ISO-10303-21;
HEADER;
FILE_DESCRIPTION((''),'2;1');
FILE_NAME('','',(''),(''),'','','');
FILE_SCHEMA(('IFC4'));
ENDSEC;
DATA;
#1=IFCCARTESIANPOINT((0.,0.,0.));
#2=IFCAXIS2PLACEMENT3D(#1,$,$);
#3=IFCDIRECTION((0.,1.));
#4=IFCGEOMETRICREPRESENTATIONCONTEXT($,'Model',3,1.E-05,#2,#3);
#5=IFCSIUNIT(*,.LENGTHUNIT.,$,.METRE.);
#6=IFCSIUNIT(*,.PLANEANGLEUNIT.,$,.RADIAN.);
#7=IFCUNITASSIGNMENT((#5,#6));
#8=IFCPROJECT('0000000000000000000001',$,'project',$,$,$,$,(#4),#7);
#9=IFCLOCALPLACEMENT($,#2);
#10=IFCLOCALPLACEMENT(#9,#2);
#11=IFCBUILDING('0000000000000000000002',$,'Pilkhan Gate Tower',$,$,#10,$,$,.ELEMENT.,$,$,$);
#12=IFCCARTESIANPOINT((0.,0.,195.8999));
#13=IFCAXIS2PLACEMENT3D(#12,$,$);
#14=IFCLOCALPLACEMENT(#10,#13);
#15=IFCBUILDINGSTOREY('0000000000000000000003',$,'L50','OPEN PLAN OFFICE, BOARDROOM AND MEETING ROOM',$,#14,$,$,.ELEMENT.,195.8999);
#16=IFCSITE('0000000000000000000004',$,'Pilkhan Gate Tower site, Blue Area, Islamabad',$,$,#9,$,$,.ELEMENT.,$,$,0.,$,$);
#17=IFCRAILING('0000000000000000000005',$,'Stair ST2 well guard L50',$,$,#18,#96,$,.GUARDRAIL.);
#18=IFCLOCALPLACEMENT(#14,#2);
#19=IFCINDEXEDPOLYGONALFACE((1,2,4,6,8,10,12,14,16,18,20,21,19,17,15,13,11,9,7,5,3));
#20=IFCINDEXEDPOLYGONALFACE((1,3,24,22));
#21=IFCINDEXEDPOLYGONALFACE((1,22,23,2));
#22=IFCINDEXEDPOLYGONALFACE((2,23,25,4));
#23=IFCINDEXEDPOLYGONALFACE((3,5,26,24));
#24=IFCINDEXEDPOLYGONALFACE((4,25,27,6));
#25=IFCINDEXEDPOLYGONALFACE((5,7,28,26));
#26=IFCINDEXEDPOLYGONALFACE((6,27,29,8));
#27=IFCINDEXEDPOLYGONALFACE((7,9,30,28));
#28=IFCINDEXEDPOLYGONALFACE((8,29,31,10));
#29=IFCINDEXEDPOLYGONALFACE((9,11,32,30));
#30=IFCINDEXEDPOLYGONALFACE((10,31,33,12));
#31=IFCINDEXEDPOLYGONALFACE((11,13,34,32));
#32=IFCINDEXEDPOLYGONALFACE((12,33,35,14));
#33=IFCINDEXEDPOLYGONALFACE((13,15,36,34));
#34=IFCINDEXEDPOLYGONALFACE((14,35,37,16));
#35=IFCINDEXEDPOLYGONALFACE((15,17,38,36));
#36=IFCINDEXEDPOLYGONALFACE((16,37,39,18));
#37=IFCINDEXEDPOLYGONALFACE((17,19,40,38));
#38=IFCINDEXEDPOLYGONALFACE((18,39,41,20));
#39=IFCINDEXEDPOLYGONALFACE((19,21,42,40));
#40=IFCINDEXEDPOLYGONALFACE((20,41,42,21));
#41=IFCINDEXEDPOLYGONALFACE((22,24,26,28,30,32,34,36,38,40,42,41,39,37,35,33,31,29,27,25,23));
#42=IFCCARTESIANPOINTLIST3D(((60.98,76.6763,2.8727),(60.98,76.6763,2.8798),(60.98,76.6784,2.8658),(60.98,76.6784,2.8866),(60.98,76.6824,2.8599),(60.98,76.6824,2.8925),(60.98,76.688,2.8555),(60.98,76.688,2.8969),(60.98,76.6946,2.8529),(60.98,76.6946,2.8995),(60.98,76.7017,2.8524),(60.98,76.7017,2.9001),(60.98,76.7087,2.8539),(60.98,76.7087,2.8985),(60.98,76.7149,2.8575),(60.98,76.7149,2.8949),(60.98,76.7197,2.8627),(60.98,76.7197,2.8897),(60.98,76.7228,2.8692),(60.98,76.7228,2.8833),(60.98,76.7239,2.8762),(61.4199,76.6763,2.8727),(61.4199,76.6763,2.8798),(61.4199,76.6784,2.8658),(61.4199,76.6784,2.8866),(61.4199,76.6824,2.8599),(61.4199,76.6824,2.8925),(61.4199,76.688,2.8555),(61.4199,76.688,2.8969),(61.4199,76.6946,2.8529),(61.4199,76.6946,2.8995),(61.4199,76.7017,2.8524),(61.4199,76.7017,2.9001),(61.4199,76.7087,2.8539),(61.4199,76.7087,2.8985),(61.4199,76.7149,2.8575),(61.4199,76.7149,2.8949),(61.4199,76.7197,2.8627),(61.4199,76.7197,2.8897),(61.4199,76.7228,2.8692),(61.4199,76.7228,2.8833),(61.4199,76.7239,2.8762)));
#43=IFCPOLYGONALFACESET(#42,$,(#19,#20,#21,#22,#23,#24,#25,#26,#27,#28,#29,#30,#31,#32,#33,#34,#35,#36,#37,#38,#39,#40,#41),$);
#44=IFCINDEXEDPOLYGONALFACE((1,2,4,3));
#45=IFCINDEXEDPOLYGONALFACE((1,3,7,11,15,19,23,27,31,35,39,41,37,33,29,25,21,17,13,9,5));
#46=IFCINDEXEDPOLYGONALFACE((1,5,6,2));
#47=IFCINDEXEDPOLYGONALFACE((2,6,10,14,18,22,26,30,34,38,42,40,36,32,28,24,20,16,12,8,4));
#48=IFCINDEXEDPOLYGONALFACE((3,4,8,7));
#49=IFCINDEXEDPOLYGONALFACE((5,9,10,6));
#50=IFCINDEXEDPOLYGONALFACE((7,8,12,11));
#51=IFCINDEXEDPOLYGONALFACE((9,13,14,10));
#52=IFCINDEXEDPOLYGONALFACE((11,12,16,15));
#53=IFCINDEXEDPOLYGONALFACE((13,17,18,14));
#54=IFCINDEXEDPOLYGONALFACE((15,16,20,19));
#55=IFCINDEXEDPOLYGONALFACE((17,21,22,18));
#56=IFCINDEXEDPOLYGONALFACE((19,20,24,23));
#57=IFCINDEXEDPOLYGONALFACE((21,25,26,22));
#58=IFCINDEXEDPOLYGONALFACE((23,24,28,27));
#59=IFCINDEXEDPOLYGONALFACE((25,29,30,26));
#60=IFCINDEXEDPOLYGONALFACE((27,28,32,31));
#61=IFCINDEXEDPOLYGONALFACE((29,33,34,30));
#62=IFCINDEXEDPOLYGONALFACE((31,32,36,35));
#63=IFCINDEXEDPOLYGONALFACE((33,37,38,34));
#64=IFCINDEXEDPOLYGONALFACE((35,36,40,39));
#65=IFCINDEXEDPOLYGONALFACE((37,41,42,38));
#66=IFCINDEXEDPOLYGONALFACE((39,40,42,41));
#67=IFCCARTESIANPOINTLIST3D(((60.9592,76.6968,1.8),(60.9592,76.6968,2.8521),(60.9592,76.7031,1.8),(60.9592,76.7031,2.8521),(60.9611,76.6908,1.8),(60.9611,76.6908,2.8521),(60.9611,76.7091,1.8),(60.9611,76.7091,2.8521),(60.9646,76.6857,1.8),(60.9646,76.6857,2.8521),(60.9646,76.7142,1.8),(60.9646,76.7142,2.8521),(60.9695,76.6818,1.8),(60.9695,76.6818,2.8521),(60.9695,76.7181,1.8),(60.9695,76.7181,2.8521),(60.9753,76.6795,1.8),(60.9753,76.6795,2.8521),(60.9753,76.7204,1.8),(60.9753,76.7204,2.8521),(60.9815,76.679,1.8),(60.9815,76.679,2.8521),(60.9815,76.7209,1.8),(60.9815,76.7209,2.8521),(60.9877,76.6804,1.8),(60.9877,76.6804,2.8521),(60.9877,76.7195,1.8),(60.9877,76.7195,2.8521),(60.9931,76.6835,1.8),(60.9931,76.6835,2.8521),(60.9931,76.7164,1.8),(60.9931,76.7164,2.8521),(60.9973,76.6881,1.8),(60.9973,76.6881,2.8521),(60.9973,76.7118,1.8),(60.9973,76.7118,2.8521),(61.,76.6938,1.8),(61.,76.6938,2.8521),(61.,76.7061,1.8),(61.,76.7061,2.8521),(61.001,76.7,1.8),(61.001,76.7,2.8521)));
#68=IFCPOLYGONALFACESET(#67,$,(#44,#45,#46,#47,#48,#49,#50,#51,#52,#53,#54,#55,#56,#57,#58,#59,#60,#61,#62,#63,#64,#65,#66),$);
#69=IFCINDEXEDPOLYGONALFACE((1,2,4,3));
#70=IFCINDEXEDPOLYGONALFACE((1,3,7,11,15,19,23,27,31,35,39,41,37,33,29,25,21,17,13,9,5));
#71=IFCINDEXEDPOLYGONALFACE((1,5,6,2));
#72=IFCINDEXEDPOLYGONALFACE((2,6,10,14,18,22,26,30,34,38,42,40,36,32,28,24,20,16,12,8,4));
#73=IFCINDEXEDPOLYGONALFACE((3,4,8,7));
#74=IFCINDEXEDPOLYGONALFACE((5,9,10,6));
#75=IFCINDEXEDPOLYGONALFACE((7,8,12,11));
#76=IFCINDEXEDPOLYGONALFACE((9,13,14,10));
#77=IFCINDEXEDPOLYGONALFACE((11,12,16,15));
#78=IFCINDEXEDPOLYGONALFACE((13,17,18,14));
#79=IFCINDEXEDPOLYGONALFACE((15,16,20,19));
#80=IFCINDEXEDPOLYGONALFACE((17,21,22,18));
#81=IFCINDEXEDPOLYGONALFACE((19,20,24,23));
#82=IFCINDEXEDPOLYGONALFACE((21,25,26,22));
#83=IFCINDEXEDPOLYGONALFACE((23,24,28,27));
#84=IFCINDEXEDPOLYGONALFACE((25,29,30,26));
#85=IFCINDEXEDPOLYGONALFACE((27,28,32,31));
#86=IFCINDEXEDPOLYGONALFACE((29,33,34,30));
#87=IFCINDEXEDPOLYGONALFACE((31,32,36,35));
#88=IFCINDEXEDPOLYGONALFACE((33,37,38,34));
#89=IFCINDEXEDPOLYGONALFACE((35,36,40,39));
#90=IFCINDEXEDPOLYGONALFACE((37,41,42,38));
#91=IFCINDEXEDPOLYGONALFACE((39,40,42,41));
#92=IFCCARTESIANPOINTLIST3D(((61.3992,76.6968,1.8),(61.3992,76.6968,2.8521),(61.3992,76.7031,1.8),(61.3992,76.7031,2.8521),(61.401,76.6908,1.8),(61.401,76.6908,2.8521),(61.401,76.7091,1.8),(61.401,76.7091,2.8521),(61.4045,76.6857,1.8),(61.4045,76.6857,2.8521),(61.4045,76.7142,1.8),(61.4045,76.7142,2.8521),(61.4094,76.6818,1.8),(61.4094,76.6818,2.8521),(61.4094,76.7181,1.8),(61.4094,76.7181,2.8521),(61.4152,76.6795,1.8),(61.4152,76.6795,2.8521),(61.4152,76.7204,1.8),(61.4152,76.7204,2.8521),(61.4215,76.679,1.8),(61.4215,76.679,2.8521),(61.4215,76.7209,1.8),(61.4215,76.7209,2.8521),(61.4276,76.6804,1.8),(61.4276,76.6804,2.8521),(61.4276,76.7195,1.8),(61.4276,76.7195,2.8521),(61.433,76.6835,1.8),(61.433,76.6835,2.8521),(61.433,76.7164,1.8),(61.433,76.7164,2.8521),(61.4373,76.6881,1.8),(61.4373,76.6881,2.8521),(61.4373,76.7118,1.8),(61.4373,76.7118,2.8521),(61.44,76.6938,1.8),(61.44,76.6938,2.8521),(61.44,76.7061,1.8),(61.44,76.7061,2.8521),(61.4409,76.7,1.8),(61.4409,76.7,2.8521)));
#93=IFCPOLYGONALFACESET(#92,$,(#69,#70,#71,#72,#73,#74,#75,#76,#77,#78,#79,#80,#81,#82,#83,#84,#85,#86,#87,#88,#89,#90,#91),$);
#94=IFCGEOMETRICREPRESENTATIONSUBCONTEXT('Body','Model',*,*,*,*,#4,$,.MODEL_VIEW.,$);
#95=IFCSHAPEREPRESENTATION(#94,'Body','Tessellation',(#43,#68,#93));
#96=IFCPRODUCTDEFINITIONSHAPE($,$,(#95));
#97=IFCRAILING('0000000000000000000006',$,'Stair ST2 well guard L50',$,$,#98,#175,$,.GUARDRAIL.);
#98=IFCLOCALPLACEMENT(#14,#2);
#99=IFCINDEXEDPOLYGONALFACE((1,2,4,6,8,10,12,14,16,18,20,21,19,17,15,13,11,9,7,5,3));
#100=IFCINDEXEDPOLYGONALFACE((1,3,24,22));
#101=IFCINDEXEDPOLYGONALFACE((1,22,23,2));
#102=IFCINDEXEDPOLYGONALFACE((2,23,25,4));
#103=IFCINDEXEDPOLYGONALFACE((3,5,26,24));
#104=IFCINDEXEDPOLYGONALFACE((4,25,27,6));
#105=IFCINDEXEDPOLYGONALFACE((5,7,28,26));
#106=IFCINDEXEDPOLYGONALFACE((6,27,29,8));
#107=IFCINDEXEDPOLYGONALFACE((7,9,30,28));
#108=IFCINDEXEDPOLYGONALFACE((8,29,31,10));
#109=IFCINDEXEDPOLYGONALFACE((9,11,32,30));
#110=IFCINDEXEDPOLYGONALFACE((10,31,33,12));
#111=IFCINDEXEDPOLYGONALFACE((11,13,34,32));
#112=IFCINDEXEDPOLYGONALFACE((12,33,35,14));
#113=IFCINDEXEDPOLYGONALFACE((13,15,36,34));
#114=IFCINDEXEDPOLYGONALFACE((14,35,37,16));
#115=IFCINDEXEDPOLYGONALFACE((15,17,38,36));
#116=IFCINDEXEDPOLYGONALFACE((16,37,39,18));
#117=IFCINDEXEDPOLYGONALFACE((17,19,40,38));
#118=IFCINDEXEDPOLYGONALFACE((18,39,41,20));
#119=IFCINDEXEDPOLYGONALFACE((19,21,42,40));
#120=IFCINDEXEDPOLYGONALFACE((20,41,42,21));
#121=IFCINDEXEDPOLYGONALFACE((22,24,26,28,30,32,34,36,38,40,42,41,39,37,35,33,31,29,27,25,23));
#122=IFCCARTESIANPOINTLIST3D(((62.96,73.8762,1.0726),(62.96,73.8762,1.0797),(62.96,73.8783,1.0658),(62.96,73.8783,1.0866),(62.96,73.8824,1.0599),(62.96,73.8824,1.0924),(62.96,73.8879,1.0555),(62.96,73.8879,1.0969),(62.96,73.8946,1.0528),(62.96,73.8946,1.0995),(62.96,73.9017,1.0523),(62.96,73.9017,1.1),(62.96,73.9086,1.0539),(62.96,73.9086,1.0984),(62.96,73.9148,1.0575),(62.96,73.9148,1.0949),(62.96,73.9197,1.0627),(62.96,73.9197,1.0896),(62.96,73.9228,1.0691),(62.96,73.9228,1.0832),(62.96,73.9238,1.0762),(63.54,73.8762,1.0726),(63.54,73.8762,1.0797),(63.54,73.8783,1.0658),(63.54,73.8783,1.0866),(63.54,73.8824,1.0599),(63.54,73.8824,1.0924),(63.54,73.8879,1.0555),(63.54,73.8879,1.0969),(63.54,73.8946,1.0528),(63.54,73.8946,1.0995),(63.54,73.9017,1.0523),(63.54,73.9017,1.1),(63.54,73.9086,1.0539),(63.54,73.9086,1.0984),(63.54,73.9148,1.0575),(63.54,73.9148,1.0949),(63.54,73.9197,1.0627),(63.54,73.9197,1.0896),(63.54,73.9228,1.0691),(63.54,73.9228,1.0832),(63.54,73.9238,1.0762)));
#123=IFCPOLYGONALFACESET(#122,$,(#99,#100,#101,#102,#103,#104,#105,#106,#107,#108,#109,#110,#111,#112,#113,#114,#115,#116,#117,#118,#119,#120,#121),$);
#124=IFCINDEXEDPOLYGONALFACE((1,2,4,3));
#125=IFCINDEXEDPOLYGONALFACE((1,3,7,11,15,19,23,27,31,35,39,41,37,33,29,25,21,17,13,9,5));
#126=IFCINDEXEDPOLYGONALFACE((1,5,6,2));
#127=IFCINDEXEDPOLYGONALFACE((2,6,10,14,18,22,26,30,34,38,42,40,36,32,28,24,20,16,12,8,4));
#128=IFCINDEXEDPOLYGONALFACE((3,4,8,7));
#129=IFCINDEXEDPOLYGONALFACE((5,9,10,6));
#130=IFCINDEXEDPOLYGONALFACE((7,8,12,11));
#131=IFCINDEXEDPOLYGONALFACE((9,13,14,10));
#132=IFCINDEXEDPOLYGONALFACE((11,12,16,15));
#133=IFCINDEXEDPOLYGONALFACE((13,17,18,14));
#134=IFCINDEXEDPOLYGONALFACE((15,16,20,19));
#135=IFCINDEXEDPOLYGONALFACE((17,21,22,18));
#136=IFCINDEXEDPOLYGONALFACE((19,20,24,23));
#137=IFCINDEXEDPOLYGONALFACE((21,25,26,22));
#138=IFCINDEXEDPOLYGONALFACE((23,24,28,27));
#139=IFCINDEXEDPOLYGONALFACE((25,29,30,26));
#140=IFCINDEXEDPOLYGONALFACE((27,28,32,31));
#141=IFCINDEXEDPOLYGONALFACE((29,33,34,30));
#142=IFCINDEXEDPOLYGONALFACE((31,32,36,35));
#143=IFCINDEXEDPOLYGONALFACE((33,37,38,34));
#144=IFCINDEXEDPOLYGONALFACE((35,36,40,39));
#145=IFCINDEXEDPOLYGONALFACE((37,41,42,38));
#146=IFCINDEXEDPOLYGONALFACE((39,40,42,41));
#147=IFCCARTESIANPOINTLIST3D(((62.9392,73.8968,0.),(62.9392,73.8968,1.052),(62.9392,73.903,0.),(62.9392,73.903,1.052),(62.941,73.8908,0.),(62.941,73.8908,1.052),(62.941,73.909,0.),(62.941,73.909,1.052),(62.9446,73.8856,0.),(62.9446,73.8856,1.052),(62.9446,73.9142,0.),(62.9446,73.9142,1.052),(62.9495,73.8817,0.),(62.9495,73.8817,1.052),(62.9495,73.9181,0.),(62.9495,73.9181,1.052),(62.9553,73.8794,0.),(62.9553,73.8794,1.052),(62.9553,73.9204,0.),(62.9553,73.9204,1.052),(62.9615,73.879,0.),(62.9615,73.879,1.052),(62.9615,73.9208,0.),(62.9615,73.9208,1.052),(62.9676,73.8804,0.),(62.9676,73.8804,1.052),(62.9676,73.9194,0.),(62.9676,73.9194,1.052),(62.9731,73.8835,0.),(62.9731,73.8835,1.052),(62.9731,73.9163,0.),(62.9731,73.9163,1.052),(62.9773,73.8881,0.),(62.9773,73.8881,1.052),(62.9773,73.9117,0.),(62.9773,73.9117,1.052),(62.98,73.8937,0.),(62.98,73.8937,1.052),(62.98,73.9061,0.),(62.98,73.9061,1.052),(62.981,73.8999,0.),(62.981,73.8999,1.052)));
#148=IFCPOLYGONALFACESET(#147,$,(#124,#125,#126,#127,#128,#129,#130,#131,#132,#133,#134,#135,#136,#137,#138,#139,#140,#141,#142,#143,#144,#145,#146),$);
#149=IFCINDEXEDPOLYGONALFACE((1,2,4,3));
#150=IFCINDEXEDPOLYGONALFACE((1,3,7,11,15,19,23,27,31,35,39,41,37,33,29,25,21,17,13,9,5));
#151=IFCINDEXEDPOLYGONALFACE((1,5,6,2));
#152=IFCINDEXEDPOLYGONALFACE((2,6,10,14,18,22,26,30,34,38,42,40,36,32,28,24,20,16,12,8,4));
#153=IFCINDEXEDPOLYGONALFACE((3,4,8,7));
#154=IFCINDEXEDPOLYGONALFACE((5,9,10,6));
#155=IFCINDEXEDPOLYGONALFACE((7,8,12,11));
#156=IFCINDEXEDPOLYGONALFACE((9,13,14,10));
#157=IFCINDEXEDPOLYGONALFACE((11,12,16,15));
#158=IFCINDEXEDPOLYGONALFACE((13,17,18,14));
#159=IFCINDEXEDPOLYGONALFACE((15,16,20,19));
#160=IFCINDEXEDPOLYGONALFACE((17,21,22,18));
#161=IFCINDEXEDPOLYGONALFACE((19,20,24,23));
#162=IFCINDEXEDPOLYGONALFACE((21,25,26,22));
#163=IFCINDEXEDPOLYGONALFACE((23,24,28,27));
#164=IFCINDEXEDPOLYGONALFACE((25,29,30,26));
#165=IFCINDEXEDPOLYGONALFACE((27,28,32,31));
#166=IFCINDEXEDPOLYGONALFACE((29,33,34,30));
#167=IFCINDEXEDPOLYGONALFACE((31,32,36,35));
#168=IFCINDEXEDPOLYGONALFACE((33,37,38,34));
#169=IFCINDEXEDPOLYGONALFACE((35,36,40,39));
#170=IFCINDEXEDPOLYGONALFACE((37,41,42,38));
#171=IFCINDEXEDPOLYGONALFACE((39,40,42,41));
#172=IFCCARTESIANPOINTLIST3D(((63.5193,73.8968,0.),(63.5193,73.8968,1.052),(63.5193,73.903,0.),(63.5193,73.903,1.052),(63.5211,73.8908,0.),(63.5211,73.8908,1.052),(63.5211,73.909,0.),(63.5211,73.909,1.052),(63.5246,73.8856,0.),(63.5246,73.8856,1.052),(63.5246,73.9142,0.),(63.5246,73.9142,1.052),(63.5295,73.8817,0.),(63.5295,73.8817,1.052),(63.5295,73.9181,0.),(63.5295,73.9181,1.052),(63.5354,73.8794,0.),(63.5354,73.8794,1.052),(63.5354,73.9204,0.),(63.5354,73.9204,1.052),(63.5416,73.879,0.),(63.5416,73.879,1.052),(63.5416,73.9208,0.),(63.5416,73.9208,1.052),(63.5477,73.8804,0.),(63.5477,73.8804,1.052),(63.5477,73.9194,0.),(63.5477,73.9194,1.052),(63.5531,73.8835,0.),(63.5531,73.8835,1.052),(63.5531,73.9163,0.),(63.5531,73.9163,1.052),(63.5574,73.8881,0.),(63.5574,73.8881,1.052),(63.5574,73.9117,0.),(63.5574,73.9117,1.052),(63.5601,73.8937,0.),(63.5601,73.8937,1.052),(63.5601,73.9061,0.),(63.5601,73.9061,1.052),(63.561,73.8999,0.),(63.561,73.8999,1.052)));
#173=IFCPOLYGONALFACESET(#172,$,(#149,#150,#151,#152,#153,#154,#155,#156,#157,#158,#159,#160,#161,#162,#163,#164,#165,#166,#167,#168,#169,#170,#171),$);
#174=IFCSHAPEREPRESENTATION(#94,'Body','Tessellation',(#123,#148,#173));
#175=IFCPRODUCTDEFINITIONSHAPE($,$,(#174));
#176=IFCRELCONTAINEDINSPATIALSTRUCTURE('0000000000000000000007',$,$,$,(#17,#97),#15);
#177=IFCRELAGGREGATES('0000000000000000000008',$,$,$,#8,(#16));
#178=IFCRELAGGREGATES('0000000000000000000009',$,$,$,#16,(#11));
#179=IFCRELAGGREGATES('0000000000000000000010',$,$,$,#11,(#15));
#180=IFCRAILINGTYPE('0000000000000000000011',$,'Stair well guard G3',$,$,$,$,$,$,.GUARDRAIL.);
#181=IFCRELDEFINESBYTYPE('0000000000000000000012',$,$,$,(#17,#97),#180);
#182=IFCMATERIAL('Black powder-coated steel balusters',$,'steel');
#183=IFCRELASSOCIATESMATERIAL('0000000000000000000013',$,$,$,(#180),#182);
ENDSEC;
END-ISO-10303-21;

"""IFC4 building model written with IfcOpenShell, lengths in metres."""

from ifc_helpers import new_model, si_unit, direction, frame, origin, origin_2d, place, context, subcontext, project, spatial, circle, extrude, material, type_object, element, save


model = new_model("IFC4")

# Units and contexts
model_context = context("Model", 3, precision=1e-05, world=origin(), true_north=direction((0.0, 1.0)))
body_context = subcontext(model_context, "Body", "Model", "MODEL_VIEW")
ifc_project = project(units=[si_unit("LENGTHUNIT", "METRE"), si_unit("PLANEANGLEUNIT", "RADIAN")], contexts=[model_context])

# Site, building, storey
site_placement = place(None, origin())
site = spatial("IfcSite", under=ifc_project, at=site_placement, Name="Pilkhan Gate Tower site, Blue Area, Islamabad", CompositionType="ELEMENT", RefElevation=0.0)
building_placement = place(site_placement, origin())
building = spatial("IfcBuilding", under=site, at=building_placement, Name="Pilkhan Gate Tower", CompositionType="ELEMENT")
storey_placement = place(building_placement, frame((0.0, 0.0, 195.8999)))
storey = spatial("IfcBuildingStorey", under=building, at=storey_placement, Name="L50", Description="OPEN PLAN OFFICE, BOARDROOM AND MEETING ROOM", CompositionType="ELEMENT", Elevation=195.8999)

# Railings
ifc_material_1 = material(Name="Black powder-coated steel balusters", Category="steel")
railing_type_1 = type_object("IfcRailingType", Name="Stair well guard G3", PredefinedType="GUARDRAIL", material=ifc_material_1)
railing_1_placement = place(storey_placement, frame((60.98, 76.7, 1.8)))
element("IfcRailing", 1, at=railing_1_placement, inside=storey, type_object=railing_type_1, Name="Stair ST2 well guard L50", PredefinedType="GUARDRAIL", context=body_context, shape_type="SweptSolid", body=[
    extrude(circle(Radius=0.0239, at=origin_2d()), frame((0.0, 0.0, 1.0762), z_axis=(1.0, 0.0, 0.0), x_axis=(0.0, 1.0, 0.0)), (0.0, 0.0, 1.0), 0.4399),
    extrude(circle(Radius=0.021, at=origin_2d()), origin(), (0.0, 0.0, 1.0), 1.052),
    extrude(circle(Radius=0.021, at=origin_2d()), frame((0.4399, 0.0, 0.0)), (0.0, 0.0, 1.0), 1.052),
])
for number, where, name in (
    (2, (62.96, 73.8999, 0.0), "Stair ST2 well guard L50"),
):
    element("IfcRailing", number, at=place(storey_placement, frame(where)), inside=storey, type_object=railing_type_1, Name=name, PredefinedType="GUARDRAIL", context=body_context, shape_type="SweptSolid", body=[
        extrude(circle(Radius=0.0239, at=origin_2d()), frame((0.0, 0.0, 1.0762), z_axis=(1.0, 0.0, 0.0), x_axis=(0.0, 1.0, 0.0)), (0.0, 0.0, 1.0), 0.5801),
        extrude(circle(Radius=0.021, at=origin_2d()), origin(), (0.0, 0.0, 1.0), 1.052),
        extrude(circle(Radius=0.021, at=origin_2d()), frame((0.5801, 0.0, 0.0)), (0.0, 0.0, 1.0), 1.052),
    ])

save(model, "model.ifc")
